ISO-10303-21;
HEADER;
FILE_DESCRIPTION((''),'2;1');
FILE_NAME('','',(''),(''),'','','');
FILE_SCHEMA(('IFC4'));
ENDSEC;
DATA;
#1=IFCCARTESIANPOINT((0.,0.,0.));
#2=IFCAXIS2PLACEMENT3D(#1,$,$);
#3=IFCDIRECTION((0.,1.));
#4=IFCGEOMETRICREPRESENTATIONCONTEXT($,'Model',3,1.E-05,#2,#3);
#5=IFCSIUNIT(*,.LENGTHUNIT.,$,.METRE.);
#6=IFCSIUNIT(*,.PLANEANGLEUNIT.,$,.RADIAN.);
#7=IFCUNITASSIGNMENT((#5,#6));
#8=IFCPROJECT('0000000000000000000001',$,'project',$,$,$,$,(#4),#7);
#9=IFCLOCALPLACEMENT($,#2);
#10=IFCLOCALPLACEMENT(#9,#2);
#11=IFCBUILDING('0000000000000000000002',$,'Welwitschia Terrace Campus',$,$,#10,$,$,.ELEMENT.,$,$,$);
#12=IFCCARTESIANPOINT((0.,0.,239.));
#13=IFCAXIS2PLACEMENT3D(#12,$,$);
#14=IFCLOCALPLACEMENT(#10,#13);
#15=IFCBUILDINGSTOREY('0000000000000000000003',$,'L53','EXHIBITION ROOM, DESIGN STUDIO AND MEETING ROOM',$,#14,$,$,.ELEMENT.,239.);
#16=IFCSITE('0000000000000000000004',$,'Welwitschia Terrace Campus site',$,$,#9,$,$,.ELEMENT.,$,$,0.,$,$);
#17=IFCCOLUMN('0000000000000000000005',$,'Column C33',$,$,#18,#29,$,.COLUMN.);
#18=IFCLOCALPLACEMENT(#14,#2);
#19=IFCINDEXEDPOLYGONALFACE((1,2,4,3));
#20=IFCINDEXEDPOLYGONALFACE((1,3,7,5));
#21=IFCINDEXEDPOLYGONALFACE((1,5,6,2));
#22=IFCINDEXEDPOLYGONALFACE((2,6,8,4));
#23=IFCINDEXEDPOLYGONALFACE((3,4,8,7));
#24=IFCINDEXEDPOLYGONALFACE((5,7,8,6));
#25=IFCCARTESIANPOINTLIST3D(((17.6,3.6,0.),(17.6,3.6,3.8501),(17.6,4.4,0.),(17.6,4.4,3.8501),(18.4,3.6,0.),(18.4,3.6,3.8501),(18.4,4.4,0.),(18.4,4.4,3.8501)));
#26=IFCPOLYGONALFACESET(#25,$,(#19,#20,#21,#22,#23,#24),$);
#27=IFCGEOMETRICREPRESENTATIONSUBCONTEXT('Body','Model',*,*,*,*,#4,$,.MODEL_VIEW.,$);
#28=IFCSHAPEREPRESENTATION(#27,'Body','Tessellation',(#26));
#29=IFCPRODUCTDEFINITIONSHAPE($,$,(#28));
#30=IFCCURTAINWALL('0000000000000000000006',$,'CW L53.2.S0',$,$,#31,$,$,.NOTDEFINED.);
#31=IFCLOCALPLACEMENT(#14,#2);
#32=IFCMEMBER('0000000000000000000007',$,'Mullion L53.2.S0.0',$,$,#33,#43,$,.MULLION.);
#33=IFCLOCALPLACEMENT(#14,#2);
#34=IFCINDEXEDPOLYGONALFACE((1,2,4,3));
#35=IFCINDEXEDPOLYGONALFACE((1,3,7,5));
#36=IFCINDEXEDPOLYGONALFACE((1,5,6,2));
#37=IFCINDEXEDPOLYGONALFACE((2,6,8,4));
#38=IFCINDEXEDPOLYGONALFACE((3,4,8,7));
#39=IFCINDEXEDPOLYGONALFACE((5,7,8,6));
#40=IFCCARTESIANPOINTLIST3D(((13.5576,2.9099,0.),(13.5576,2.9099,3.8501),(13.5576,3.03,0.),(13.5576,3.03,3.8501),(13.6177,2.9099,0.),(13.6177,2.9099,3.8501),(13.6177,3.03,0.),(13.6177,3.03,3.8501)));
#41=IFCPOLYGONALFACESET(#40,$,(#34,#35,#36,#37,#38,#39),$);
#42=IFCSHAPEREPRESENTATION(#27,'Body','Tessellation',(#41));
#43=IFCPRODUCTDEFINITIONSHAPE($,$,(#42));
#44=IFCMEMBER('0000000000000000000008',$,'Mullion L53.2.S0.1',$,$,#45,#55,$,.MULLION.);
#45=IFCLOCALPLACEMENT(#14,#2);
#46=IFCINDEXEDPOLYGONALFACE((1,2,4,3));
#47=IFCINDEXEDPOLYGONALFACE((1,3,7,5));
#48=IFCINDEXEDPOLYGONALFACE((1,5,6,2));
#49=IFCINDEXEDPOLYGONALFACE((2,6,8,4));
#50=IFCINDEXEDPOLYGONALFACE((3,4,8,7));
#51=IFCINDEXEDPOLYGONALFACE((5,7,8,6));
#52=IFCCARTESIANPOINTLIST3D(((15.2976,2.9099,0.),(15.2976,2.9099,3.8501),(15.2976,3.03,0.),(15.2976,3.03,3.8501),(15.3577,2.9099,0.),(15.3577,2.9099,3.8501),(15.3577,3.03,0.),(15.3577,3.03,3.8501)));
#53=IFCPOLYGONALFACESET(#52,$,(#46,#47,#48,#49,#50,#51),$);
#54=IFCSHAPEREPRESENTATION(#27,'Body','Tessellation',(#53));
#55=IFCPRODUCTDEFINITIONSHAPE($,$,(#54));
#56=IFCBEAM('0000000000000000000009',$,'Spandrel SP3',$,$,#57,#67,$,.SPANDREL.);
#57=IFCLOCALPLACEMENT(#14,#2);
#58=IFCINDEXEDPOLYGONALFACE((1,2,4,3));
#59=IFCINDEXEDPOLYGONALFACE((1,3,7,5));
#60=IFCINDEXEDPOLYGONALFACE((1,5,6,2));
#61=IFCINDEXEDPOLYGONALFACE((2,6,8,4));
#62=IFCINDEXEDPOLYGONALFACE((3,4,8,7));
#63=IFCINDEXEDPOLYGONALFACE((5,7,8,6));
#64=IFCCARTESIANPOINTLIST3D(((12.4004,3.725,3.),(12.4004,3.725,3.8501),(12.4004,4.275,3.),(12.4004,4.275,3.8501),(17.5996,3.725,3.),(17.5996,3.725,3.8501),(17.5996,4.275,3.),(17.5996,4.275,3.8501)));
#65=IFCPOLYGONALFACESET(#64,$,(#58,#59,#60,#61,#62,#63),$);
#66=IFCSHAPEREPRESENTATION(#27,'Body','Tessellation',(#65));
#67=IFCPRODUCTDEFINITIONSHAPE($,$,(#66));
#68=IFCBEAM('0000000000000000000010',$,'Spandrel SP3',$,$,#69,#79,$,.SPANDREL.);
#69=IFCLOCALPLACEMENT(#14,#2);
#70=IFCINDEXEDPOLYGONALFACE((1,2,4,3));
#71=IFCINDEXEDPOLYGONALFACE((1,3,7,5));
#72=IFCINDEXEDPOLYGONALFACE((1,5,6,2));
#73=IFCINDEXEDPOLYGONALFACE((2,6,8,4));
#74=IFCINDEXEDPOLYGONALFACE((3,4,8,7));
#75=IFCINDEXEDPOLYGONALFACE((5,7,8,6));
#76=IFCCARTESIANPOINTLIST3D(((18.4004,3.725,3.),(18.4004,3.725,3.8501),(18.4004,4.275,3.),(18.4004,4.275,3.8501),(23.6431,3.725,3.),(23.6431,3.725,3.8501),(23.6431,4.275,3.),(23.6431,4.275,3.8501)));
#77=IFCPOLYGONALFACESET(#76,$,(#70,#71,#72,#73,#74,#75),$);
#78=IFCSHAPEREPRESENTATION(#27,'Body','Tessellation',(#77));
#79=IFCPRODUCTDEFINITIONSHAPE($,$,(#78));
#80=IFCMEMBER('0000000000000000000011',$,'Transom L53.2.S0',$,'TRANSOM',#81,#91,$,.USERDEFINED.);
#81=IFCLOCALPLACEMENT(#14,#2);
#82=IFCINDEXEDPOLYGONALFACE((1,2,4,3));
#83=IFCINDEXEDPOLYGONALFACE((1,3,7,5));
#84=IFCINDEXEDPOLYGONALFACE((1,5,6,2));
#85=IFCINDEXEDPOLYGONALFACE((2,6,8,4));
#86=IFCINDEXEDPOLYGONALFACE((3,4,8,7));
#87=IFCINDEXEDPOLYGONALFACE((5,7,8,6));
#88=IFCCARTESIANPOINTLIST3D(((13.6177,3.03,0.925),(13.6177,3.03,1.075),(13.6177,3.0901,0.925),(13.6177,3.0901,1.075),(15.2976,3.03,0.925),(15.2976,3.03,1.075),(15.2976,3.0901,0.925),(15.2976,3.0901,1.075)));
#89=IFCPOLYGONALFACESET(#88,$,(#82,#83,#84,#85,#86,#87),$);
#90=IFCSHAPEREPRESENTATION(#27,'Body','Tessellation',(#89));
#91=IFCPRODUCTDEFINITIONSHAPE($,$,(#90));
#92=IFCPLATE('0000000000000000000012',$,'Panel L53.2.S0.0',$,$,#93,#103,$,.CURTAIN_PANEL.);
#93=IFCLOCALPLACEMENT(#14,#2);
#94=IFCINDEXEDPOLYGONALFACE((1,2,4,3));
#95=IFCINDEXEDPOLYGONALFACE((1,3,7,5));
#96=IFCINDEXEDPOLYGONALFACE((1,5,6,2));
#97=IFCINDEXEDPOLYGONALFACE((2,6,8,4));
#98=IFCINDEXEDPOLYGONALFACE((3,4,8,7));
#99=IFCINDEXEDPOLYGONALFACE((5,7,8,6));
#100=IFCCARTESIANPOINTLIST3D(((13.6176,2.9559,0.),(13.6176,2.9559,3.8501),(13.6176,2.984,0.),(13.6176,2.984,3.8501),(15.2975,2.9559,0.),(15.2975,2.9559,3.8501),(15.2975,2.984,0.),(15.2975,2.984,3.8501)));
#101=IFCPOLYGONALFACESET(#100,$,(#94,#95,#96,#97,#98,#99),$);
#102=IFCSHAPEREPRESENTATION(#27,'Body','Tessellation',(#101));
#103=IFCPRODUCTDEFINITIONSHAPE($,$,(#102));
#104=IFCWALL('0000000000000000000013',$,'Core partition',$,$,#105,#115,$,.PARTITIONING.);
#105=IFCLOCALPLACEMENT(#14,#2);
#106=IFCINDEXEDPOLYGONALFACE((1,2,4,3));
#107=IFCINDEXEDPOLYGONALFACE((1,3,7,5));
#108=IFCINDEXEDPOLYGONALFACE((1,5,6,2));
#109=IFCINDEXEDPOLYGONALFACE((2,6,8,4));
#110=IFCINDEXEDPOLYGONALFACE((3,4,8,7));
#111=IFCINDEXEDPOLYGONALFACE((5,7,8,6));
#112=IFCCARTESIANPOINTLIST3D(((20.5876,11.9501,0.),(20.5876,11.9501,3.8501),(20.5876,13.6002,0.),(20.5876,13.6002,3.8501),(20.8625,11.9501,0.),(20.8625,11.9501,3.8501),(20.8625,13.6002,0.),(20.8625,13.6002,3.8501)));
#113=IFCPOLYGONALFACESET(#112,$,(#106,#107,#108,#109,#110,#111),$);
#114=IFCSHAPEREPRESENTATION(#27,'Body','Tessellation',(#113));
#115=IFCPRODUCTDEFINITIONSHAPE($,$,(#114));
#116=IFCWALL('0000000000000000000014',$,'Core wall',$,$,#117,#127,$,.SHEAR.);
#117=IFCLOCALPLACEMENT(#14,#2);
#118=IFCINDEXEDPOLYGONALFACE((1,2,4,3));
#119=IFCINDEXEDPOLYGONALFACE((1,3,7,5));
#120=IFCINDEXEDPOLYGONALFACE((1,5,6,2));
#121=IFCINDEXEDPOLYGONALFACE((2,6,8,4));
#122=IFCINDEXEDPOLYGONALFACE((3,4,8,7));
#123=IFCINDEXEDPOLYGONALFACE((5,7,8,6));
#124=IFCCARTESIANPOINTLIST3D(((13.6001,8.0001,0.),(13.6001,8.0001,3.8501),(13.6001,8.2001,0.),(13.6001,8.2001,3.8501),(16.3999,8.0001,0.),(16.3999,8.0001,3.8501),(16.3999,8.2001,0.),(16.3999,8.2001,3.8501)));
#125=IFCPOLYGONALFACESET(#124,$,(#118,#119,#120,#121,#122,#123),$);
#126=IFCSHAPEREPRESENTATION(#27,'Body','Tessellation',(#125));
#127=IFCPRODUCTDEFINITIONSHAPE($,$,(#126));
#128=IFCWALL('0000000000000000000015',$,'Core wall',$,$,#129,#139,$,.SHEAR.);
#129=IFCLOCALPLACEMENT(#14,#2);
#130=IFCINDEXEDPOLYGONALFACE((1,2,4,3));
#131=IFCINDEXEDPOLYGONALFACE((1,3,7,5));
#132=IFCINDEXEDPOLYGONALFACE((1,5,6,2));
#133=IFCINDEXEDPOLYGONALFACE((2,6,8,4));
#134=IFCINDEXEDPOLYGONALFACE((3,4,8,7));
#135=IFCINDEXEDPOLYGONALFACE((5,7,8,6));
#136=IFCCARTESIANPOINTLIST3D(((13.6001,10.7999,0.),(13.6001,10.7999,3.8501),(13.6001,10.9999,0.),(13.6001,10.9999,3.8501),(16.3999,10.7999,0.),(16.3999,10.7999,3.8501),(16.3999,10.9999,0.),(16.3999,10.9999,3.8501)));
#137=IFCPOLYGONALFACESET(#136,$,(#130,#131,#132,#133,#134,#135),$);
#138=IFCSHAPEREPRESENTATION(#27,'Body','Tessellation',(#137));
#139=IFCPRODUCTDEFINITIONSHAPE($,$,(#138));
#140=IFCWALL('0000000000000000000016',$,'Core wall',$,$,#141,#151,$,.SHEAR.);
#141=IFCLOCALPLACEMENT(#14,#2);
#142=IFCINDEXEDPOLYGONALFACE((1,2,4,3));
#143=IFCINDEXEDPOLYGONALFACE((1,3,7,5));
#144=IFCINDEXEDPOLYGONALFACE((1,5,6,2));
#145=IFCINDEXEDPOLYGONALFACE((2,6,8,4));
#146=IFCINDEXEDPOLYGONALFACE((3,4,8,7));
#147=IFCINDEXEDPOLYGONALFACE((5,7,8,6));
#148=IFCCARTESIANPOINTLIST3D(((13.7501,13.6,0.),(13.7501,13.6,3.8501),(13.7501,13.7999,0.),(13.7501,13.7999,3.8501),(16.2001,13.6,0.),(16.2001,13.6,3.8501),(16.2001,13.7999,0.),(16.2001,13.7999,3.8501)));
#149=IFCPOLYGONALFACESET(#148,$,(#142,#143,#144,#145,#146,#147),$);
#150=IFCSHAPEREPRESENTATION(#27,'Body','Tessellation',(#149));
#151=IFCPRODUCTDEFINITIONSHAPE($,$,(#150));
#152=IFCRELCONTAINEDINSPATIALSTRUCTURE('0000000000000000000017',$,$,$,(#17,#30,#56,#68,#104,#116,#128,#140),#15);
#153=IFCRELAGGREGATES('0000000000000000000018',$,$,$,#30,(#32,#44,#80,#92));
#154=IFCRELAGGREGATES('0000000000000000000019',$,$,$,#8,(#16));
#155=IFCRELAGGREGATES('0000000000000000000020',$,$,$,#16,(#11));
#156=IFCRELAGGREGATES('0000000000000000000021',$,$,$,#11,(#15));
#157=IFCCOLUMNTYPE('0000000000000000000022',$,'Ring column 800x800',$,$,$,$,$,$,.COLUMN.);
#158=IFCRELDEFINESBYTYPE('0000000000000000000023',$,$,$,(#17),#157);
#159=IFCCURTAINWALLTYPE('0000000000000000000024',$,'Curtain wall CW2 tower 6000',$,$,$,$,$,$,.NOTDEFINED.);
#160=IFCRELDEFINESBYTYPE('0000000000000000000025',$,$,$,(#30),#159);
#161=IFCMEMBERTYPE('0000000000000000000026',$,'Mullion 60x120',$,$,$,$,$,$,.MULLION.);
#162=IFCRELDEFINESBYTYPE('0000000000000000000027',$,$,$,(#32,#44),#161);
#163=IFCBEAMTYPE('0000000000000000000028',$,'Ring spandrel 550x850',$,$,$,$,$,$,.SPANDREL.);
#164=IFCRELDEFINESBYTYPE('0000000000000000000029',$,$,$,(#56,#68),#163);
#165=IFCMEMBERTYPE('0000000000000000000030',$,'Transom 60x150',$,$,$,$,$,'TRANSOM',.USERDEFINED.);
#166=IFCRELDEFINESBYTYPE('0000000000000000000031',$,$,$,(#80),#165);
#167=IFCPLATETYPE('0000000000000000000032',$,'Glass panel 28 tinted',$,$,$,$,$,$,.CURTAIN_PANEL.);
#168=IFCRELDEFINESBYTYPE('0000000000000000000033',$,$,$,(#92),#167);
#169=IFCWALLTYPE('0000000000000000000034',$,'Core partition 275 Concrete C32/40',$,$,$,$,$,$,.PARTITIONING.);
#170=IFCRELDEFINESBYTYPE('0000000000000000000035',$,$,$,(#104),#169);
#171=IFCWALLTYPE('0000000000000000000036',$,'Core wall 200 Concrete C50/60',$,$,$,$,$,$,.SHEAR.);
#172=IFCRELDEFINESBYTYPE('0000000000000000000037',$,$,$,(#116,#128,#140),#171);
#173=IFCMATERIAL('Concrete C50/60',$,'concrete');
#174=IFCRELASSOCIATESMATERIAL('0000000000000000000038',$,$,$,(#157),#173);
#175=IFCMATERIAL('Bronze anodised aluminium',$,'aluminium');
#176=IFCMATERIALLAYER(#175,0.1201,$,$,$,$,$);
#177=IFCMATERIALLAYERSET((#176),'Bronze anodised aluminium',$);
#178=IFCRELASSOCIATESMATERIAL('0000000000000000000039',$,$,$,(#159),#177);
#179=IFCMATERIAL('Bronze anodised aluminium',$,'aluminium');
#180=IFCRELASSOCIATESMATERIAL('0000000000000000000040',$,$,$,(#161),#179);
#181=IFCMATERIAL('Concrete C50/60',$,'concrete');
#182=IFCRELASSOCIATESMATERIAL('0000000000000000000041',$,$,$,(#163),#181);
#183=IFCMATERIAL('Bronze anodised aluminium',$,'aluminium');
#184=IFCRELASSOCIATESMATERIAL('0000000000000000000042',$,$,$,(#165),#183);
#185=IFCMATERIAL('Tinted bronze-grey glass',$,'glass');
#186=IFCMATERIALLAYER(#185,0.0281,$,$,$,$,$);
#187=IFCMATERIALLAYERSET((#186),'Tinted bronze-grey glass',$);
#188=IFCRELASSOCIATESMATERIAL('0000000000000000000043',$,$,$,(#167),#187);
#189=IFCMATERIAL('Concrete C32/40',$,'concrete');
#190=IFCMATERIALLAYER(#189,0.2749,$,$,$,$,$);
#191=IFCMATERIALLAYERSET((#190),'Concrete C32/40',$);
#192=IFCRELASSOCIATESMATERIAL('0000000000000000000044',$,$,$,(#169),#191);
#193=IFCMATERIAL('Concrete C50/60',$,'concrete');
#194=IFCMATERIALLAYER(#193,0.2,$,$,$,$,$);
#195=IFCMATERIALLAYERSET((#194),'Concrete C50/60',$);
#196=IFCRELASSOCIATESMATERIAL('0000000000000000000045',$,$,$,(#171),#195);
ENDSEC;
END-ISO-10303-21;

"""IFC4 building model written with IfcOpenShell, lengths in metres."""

from ifc_helpers import new_model, si_unit, direction, frame, frame_2d, origin, origin_2d, place, context, subcontext, project, spatial, rectangle, extrude, material, layer, layer_set, material_profile, profile_set, type_object, element, aggregate, save


model = new_model("IFC4")

# Units and contexts
model_context = context("Model", 3, precision=1e-05, world=origin(), true_north=direction((0.0, 1.0)))
body_context = subcontext(model_context, "Body", "Model", "MODEL_VIEW")
ifc_project = project(units=[si_unit("LENGTHUNIT", "METRE"), si_unit("PLANEANGLEUNIT", "RADIAN")], contexts=[model_context])

# Site, building, storey
site_placement = place(None, origin())
site = spatial("IfcSite", under=ifc_project, at=site_placement, Name="Welwitschia Terrace Campus site", CompositionType="ELEMENT", RefElevation=0.0)
building_placement = place(site_placement, origin())
building = spatial("IfcBuilding", under=site, at=building_placement, Name="Welwitschia Terrace Campus", CompositionType="ELEMENT")
storey_placement = place(building_placement, frame((0.0, 0.0, 239.0)))
storey = spatial("IfcBuildingStorey", under=building, at=storey_placement, Name="L53", Description="EXHIBITION ROOM, DESIGN STUDIO AND MEETING ROOM", CompositionType="ELEMENT", Elevation=239.0)

# Column
ifc_material_1 = material(Name="Concrete C50/60", Category="concrete")
ifc_material_profile_1 = material_profile(ifc_material_1, rectangle(XDim=0.8, YDim=0.8, at=origin_2d()))
ifc_profile_set_1 = profile_set([ifc_material_profile_1], Name="Concrete C50/60")
column_type = type_object("IfcColumnType", Name="Ring column 800x800", PredefinedType="COLUMN", material=ifc_profile_set_1)
column_placement = place(storey_placement, frame((18.0, 4.0, 0.0), z_axis=(0.0, 0.0, 1.0), x_axis=(1.0, 0.0, 0.0)))
element("IfcColumn", 1, at=column_placement, inside=storey, type_object=column_type, Name="Column C33", PredefinedType="COLUMN", context=body_context, shape_type="SweptSolid", body=[
    extrude(rectangle(XDim=0.8, YDim=0.8, at=origin_2d()), origin(), (0.0, 0.0, 1.0), 3.8501),
])

# Curtain wall, members
ifc_material_2 = material(Name="Bronze anodised aluminium", Category="aluminium")
ifc_layer_1 = layer(ifc_material_2, 0.1201)
ifc_layer_set_1 = layer_set([ifc_layer_1], Name="Bronze anodised aluminium")
curtain_wall_type = type_object("IfcCurtainWallType", Name="Curtain wall CW2 tower 6000", PredefinedType="NOTDEFINED", material=ifc_layer_set_1)
curtain_wall_placement = place(storey_placement, origin())
curtain_wall = element("IfcCurtainWall", 2, at=curtain_wall_placement, inside=storey, type_object=curtain_wall_type, Name="CW L53.2.S0", PredefinedType="NOTDEFINED")
ifc_material_3 = material(Name="Bronze anodised aluminium", Category="aluminium")
ifc_material_profile_2 = material_profile(ifc_material_3, rectangle(XDim=0.1201, YDim=0.0601, at=origin_2d()))
ifc_profile_set_2 = profile_set([ifc_material_profile_2], Name="Bronze anodised aluminium")
member_type_1 = type_object("IfcMemberType", Name="Mullion 60x120", PredefinedType="MULLION", material=ifc_profile_set_2)
member_1_placement = place(storey_placement, frame((13.5876, 2.97, 0.0), z_axis=(0.0, 0.0, 1.0), x_axis=(0.0, 1.0, 0.0)))
member_1 = element("IfcMember", 3, at=member_1_placement, type_object=member_type_1, Name="Mullion L53.2.S0.0", PredefinedType="MULLION", context=body_context, shape_type="SweptSolid", body=[
    extrude(rectangle(XDim=0.1201, YDim=0.0601, at=origin_2d()), origin(), (0.0, 0.0, 1.0), 3.8501),
])
member_2_placement = place(storey_placement, frame((15.3276, 2.97, 0.0), z_axis=(0.0, 0.0, 1.0), x_axis=(0.0, 1.0, 0.0)))
member_2 = element("IfcMember", 4, at=member_2_placement, type_object=member_type_1, Name="Mullion L53.2.S0.1", PredefinedType="MULLION", context=body_context, shape_type="SweptSolid", body=[
    extrude(rectangle(XDim=0.1201, YDim=0.0601, at=origin_2d()), origin(), (0.0, 0.0, 1.0), 3.8501),
])

# Beams
ifc_material_4 = material(Name="Concrete C50/60", Category="concrete")
ifc_material_profile_3 = material_profile(ifc_material_4, rectangle(XDim=0.55, YDim=0.8501, at=origin_2d()))
ifc_profile_set_3 = profile_set([ifc_material_profile_3], Name="Concrete C50/60")
beam_type = type_object("IfcBeamType", Name="Ring spandrel 550x850", PredefinedType="SPANDREL", material=ifc_profile_set_3)
beam_1_placement = place(storey_placement, frame((12.4004, 4.0, 3.425), z_axis=(1.0, 0.0, 0.0), x_axis=(0.0, 1.0, 0.0)))
element("IfcBeam", 5, at=beam_1_placement, inside=storey, type_object=beam_type, Name="Spandrel SP3", PredefinedType="SPANDREL", context=body_context, shape_type="SweptSolid", body=[
    extrude(rectangle(XDim=0.55, YDim=0.8501, at=origin_2d()), origin(), (0.0, 0.0, 1.0), 5.1992),
])
beam_2_placement = place(storey_placement, frame((18.4004, 4.0, 3.425), z_axis=(1.0, 0.0, 0.0), x_axis=(0.0, 1.0, 0.0)))
element("IfcBeam", 6, at=beam_2_placement, inside=storey, type_object=beam_type, Name="Spandrel SP3", PredefinedType="SPANDREL", context=body_context, shape_type="SweptSolid", body=[
    extrude(rectangle(XDim=0.55, YDim=0.8501, at=origin_2d()), origin(), (0.0, 0.0, 1.0), 5.2427),
])

# Member
ifc_material_5 = material(Name="Bronze anodised aluminium", Category="aluminium")
ifc_material_profile_4 = material_profile(ifc_material_5, rectangle(XDim=0.0601, YDim=0.1499, at=origin_2d()))
ifc_profile_set_4 = profile_set([ifc_material_profile_4], Name="Bronze anodised aluminium")
member_type_2 = type_object("IfcMemberType", Name="Transom 60x150", ElementType="TRANSOM", PredefinedType="USERDEFINED", material=ifc_profile_set_4)
member_3_placement = place(storey_placement, frame((13.6177, 3.0601, 1.0), z_axis=(1.0, 0.0, 0.0), x_axis=(0.0, 1.0, 0.0)))
member_3 = element("IfcMember", 7, at=member_3_placement, type_object=member_type_2, Name="Transom L53.2.S0", ObjectType="TRANSOM", PredefinedType="USERDEFINED", context=body_context, shape_type="SweptSolid", body=[
    extrude(rectangle(XDim=0.0601, YDim=0.1499, at=origin_2d()), origin(), (0.0, 0.0, 1.0), 1.6799),
])

# Plate
ifc_material_6 = material(Name="Tinted bronze-grey glass", Category="glass")
ifc_layer_2 = layer(ifc_material_6, 0.0281)
ifc_layer_set_2 = layer_set([ifc_layer_2], Name="Tinted bronze-grey glass")
plate_type = type_object("IfcPlateType", Name="Glass panel 28 tinted", PredefinedType="CURTAIN_PANEL", material=ifc_layer_set_2)
plate_placement = place(storey_placement, frame((14.4575, 2.97, 0.0), z_axis=(0.0, 0.0, 1.0), x_axis=(1.0, 0.0, 0.0)))
plate = element("IfcPlate", 8, at=plate_placement, type_object=plate_type, Name="Panel L53.2.S0.0", PredefinedType="CURTAIN_PANEL", context=body_context, shape_type="SweptSolid", body=[
    extrude(rectangle(XDim=1.6799, YDim=0.0281, at=origin_2d()), origin(), (0.0, 0.0, 1.0), 3.8501),
])
aggregate(curtain_wall, [member_1, member_2, member_3, plate])

# Walls
ifc_material_7 = material(Name="Concrete C32/40", Category="concrete")
ifc_layer_3 = layer(ifc_material_7, 0.2749)
ifc_layer_set_3 = layer_set([ifc_layer_3], Name="Concrete C32/40")
wall_type_1 = type_object("IfcWallType", Name="Core partition 275 Concrete C32/40", PredefinedType="PARTITIONING", material=ifc_layer_set_3)
wall_1_placement = place(storey_placement, frame((20.7251, 11.95, 0.0), z_axis=(0.0, 0.0, 1.0), x_axis=(0.0, 1.0, 0.0)))
element("IfcWall", 9, at=wall_1_placement, inside=storey, type_object=wall_type_1, Name="Core partition", PredefinedType="PARTITIONING", context=body_context, shape_type="SweptSolid", body=[
    extrude(rectangle(XDim=1.6501, YDim=0.2749, at=frame_2d((0.8252, 0.0))), origin(), (0.0, 0.0, 1.0), 3.8501),
])
ifc_material_8 = material(Name="Concrete C50/60", Category="concrete")
ifc_layer_4 = layer(ifc_material_8, 0.2)
ifc_layer_set_4 = layer_set([ifc_layer_4], Name="Concrete C50/60")
wall_type_2 = type_object("IfcWallType", Name="Core wall 200 Concrete C50/60", PredefinedType="SHEAR", material=ifc_layer_set_4)
for number, where, z_axis, x_axis, name in (
    (10, (13.6001, 8.1001, 0.0), (0.0, 0.0, 1.0), (1.0, 0.0, 0.0), "Core wall"),
    (11, (13.6001, 10.8999, 0.0), (0.0, 0.0, 1.0), (1.0, 0.0, 0.0), "Core wall"),
):
    element("IfcWall", number, at=place(storey_placement, frame(where, z_axis=z_axis, x_axis=x_axis)), inside=storey, type_object=wall_type_2, Name=name, PredefinedType="SHEAR", context=body_context, shape_type="SweptSolid", body=[
        extrude(rectangle(XDim=2.7998, YDim=0.2, at=frame_2d((1.3999, 0.0))), origin(), (0.0, 0.0, 1.0), 3.8501),
    ])
wall_2_placement = place(storey_placement, frame((13.75, 13.7, 0.0), z_axis=(0.0, 0.0, 1.0), x_axis=(1.0, 0.0, 0.0)))
element("IfcWall", 12, at=wall_2_placement, inside=storey, type_object=wall_type_2, Name="Core wall", PredefinedType="SHEAR", context=body_context, shape_type="SweptSolid", body=[
    extrude(rectangle(XDim=2.45, YDim=0.2, at=frame_2d((1.2251, 0.0))), origin(), (0.0, 0.0, 1.0), 3.8501),
])

save(model, "model.ifc")
